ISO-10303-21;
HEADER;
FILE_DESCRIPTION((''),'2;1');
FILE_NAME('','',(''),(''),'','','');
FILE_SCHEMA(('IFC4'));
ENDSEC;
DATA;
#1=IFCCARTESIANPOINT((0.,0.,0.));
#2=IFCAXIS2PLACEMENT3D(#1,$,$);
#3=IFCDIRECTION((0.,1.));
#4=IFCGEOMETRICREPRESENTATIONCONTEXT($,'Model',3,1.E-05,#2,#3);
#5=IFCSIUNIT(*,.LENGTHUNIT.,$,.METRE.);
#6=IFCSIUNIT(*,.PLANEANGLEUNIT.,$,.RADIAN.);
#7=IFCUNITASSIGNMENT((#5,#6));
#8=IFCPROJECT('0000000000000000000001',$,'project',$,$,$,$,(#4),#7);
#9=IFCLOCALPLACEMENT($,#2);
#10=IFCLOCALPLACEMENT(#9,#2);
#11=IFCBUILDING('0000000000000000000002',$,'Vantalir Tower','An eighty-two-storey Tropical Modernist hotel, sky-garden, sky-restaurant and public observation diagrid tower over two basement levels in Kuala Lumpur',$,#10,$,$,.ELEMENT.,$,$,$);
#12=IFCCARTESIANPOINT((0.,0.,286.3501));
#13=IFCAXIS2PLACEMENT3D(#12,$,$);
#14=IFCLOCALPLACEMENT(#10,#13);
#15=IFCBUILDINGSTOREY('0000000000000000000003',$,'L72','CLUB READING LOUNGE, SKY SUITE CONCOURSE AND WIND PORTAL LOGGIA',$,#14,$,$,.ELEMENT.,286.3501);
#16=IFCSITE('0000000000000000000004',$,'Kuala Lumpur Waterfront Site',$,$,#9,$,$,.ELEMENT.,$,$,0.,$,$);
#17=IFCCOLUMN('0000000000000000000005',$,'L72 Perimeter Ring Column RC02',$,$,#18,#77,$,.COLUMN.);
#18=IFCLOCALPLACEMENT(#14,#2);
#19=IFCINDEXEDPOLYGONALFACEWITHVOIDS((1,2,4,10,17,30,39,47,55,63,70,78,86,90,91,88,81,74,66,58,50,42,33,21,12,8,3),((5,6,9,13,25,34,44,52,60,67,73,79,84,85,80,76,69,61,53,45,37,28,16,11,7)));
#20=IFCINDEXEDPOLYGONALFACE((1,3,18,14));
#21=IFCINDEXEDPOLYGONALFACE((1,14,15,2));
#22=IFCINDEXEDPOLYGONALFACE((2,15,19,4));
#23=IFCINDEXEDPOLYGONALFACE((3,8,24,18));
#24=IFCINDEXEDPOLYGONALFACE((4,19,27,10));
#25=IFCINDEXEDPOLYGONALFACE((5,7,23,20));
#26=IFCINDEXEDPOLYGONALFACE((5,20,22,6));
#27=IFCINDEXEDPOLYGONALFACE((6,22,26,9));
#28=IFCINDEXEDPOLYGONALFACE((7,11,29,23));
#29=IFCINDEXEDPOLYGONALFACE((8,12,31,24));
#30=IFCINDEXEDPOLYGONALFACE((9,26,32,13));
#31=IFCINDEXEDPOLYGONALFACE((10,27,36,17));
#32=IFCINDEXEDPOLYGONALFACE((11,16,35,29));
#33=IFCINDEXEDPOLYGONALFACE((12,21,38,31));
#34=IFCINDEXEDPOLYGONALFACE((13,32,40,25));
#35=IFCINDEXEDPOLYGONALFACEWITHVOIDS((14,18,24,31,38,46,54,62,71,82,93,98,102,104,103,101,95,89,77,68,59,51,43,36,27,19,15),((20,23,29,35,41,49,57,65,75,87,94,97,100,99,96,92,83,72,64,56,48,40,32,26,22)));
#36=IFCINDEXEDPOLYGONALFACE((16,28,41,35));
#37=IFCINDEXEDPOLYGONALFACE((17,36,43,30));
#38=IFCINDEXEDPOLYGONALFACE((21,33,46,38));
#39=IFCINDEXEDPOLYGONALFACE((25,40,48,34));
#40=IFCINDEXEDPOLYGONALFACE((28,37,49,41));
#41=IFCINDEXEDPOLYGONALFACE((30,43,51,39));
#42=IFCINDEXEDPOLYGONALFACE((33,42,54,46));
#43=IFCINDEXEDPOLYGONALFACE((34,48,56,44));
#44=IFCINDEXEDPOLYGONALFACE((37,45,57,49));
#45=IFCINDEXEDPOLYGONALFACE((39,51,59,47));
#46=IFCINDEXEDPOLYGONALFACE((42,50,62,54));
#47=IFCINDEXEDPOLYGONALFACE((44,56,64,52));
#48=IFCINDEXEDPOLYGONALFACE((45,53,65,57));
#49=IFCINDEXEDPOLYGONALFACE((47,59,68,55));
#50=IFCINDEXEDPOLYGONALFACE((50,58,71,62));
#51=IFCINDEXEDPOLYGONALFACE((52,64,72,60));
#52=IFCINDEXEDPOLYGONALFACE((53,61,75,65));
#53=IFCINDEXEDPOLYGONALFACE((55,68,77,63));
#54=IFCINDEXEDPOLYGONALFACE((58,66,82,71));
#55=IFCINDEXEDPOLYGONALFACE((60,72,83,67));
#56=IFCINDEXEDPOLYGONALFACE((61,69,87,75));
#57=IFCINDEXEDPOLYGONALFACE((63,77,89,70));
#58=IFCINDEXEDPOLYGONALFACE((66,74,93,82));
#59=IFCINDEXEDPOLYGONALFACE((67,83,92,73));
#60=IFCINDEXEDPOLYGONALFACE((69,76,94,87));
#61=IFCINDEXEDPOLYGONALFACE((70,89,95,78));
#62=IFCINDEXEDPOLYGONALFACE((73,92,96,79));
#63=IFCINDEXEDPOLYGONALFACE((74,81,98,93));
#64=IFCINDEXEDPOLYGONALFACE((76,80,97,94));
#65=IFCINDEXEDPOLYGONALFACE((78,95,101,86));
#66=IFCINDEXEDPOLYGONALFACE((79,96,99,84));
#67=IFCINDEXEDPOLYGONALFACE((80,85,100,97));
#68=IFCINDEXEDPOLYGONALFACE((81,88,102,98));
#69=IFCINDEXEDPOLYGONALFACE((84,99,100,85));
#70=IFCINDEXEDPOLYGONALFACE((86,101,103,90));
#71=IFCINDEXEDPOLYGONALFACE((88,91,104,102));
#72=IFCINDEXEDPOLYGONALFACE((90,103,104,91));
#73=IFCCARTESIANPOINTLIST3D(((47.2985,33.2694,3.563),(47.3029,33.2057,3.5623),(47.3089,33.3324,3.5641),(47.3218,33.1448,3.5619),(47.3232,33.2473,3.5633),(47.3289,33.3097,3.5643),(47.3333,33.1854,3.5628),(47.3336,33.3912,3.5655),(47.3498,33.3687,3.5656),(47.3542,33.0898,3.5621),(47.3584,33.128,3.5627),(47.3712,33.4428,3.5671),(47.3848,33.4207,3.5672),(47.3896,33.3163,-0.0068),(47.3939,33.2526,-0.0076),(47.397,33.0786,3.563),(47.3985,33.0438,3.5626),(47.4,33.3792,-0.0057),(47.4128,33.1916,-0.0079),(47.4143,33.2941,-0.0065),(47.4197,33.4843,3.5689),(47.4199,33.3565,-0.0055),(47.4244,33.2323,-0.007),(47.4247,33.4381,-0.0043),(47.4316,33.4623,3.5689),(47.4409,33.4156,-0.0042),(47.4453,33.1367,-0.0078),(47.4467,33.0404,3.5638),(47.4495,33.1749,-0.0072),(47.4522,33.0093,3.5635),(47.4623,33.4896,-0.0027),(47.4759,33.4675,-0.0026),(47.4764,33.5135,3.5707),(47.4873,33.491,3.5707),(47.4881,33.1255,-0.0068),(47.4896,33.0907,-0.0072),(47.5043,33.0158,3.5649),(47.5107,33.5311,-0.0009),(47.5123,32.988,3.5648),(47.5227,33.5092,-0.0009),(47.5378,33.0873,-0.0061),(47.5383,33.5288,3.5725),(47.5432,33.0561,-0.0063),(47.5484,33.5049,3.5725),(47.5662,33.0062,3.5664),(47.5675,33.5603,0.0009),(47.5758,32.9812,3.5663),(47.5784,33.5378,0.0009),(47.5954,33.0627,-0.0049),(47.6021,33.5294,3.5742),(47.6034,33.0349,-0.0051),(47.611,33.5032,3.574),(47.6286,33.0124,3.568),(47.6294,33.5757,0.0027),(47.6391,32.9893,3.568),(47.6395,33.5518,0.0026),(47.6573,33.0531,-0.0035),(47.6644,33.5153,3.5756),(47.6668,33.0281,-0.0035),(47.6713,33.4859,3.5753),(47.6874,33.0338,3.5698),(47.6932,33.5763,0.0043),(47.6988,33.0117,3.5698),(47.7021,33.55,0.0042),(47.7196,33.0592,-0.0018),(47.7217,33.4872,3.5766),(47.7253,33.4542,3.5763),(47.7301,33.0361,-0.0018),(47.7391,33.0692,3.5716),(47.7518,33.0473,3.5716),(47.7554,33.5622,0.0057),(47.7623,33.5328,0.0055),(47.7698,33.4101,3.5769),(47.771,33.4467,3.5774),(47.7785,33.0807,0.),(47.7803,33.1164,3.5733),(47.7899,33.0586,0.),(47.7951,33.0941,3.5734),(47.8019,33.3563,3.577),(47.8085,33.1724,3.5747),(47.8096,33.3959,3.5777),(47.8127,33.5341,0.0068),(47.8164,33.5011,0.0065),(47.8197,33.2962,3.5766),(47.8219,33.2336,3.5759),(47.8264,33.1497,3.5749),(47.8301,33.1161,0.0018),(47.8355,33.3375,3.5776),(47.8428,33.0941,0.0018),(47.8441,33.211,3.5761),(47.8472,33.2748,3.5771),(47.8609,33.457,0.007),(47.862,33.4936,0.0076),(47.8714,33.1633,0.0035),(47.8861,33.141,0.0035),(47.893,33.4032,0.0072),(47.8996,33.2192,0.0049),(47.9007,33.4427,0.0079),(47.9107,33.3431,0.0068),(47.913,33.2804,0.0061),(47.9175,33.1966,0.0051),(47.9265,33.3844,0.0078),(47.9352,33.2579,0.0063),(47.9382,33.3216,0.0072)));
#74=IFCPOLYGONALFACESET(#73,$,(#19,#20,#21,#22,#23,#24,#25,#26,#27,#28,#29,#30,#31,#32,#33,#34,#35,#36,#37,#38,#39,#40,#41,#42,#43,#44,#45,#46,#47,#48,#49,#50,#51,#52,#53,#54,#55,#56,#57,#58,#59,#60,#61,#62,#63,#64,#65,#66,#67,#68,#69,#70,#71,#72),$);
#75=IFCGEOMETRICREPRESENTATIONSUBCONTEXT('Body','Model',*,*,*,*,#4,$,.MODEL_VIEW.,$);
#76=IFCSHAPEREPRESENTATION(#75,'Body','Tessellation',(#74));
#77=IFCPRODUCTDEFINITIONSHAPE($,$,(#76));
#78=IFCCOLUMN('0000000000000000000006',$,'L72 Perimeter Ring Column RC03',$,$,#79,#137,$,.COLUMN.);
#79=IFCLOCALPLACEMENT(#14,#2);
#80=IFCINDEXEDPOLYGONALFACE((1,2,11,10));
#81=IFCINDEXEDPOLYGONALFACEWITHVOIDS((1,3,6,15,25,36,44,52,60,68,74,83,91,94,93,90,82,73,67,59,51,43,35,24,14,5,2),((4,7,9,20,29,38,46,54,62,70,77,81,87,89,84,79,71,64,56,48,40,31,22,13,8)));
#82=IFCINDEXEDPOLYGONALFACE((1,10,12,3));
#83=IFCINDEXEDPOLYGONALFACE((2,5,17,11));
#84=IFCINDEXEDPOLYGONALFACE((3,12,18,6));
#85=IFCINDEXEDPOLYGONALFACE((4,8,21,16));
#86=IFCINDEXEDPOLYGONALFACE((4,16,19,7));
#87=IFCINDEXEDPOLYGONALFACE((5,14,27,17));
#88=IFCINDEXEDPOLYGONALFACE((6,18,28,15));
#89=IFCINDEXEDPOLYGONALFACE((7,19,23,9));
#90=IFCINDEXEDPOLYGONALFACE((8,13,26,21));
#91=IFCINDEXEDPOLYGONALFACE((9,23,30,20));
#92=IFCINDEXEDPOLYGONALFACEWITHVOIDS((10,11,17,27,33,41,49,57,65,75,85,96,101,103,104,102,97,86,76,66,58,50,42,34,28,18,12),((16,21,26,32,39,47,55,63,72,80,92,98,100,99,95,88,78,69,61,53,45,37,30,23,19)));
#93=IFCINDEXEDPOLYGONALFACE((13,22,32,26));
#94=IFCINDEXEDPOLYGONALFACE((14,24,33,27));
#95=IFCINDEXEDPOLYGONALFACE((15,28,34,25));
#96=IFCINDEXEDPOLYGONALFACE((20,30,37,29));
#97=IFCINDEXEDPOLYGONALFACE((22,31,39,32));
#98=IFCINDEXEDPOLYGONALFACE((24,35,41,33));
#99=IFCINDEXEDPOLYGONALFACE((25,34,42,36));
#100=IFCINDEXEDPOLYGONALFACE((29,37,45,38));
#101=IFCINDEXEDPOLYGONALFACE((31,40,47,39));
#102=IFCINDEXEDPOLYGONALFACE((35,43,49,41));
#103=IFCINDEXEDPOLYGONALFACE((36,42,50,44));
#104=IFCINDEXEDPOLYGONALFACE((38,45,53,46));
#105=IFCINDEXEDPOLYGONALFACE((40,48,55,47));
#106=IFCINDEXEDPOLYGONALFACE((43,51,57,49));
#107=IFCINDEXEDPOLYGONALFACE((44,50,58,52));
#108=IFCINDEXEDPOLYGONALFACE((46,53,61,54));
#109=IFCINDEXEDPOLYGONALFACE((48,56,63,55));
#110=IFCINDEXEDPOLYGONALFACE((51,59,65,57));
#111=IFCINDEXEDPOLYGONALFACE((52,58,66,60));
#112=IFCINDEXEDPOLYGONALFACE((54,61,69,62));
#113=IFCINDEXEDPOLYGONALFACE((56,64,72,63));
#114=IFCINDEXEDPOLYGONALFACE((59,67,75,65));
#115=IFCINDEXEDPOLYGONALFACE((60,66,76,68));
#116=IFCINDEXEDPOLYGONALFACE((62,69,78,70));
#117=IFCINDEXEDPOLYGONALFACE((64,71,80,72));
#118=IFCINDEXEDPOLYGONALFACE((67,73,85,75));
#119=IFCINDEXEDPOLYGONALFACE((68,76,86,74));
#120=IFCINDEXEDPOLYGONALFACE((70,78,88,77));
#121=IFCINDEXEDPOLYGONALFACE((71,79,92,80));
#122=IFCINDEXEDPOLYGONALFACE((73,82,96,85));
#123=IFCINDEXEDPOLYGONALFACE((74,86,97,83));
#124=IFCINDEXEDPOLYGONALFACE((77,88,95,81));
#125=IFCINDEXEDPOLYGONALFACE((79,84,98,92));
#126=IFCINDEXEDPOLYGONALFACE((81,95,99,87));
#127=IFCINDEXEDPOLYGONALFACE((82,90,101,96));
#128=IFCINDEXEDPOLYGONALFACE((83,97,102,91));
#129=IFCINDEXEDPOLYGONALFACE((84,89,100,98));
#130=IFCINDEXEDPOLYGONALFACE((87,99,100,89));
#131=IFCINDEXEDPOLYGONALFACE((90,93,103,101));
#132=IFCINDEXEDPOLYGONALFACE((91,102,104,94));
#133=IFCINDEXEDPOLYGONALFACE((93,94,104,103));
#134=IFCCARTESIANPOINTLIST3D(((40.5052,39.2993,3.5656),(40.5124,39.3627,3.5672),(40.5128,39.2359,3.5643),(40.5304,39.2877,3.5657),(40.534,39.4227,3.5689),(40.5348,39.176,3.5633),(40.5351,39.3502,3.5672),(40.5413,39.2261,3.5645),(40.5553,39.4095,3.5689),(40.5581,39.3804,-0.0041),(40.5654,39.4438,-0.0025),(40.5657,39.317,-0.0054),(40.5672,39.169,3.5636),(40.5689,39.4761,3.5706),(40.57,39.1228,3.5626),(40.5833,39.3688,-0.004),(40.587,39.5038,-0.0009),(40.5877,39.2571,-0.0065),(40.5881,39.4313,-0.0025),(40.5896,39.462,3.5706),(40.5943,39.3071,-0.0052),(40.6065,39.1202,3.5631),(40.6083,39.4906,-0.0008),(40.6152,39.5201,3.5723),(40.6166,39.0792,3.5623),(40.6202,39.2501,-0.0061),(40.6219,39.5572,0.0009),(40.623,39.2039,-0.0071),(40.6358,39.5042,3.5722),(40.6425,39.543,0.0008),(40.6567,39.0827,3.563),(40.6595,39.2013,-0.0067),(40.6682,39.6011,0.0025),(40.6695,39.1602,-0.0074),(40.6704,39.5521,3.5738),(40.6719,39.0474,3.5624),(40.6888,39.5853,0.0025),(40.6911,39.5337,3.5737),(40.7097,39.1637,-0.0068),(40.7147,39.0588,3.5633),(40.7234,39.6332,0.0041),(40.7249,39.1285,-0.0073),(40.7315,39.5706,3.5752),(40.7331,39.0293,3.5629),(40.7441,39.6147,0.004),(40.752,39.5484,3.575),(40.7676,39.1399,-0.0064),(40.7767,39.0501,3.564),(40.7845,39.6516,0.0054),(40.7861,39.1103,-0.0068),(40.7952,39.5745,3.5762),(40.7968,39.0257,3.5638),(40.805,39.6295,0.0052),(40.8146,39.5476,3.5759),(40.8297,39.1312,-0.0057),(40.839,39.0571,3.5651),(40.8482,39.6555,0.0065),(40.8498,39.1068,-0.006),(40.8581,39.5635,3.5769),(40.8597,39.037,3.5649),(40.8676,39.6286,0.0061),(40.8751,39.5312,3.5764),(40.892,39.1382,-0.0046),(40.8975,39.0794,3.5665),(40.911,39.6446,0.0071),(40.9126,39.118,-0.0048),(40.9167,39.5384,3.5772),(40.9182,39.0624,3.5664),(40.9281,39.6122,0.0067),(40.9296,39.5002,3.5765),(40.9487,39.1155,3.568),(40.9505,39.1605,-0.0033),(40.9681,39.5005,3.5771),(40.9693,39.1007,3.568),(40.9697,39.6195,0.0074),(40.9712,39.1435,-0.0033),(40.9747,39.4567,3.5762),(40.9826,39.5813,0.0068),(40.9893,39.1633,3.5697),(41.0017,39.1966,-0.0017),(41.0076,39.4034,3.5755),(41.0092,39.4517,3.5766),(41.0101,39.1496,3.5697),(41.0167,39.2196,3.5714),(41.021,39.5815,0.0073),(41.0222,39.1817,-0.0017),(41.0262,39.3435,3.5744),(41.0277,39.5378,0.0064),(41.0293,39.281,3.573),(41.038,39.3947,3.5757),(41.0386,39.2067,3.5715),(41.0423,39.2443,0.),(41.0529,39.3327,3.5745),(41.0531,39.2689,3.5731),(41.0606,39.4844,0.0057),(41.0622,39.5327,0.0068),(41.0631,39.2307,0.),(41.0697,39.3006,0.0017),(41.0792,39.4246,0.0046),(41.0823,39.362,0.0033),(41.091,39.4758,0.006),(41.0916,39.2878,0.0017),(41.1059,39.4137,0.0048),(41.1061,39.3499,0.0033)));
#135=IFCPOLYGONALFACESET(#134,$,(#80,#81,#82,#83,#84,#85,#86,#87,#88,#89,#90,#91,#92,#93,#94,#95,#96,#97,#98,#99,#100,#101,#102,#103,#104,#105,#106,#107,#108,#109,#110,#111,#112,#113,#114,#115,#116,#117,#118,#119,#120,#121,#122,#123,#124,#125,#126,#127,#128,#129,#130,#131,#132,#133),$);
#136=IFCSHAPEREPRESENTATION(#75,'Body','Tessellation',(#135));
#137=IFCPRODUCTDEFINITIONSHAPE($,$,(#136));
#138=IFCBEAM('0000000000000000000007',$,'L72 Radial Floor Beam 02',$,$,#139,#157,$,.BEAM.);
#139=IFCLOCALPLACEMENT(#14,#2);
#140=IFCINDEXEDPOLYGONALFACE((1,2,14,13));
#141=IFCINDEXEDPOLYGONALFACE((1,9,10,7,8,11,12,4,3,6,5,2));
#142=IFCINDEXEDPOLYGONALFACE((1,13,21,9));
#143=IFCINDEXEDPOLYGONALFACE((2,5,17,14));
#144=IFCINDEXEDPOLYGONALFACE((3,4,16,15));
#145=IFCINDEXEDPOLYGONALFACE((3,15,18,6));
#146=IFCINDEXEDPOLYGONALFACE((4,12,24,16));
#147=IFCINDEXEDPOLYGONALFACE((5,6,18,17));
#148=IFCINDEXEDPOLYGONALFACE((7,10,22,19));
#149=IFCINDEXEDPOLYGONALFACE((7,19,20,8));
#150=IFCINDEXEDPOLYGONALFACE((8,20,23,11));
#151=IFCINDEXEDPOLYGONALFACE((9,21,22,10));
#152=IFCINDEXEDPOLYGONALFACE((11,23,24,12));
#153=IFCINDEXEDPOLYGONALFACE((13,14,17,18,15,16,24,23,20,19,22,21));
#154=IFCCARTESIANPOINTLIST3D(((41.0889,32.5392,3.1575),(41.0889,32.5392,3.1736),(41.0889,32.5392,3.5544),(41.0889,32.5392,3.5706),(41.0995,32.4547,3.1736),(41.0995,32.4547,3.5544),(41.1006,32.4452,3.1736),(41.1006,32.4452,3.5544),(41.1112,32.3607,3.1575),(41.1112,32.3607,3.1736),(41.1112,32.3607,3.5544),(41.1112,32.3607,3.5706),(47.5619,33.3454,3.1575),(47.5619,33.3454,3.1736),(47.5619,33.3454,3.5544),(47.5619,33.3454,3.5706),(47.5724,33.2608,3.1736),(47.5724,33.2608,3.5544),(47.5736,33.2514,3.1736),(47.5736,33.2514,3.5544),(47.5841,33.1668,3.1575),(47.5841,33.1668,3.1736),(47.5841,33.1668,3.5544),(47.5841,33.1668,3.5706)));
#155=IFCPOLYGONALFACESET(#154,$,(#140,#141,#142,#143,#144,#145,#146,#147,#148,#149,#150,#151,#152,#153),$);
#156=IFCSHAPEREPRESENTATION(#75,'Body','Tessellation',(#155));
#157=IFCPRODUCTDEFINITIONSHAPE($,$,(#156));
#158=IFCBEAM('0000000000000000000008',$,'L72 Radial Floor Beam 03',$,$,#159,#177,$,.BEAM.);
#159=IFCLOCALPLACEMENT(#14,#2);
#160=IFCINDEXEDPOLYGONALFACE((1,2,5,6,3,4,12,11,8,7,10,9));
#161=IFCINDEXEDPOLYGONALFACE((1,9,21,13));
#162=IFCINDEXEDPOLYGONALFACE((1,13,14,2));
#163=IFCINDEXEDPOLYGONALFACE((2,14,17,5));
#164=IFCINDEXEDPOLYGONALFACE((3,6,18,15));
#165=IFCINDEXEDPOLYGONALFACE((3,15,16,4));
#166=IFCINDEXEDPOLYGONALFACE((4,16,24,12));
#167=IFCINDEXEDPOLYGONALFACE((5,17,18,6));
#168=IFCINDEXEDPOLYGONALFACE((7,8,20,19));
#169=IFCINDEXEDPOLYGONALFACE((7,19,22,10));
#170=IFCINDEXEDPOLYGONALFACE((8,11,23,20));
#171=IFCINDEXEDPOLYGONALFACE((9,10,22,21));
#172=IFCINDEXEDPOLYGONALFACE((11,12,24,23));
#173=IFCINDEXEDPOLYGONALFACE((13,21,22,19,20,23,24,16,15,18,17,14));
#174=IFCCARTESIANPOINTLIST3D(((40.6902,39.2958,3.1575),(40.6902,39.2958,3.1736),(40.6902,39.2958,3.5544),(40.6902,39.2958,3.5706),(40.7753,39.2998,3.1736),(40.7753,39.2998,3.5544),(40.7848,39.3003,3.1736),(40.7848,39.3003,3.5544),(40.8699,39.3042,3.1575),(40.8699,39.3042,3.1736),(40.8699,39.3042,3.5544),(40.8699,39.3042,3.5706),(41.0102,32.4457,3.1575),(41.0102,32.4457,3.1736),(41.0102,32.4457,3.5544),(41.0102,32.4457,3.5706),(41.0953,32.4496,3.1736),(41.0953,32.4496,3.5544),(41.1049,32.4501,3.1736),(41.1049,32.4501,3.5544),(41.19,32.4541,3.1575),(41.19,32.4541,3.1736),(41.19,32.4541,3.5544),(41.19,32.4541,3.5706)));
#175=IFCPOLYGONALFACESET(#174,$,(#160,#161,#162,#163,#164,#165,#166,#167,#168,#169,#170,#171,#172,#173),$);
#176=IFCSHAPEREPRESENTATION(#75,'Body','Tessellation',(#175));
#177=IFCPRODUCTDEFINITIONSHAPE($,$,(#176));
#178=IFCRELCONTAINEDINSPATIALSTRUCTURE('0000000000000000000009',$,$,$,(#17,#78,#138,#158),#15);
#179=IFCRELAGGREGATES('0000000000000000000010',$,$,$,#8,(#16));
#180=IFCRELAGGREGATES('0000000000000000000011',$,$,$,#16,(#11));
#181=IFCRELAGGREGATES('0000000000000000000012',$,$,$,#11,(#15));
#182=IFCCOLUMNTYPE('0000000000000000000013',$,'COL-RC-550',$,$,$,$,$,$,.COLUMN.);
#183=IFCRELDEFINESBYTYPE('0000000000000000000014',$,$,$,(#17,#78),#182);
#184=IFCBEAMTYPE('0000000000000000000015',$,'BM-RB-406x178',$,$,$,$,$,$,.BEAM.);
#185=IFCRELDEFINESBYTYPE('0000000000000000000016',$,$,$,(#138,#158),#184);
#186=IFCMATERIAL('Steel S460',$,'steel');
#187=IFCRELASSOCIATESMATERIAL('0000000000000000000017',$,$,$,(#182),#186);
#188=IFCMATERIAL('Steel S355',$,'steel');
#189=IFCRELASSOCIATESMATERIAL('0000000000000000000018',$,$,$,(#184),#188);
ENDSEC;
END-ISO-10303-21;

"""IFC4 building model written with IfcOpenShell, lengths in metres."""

from ifc_helpers import new_model, si_unit, direction, frame, origin, origin_2d, place, context, subcontext, project, spatial, hollow_circle, i_section, extrude, material, material_profile, profile_set, type_object, element, save


model = new_model("IFC4")

# Units and contexts
model_context = context("Model", 3, precision=1e-05, world=origin(), true_north=direction((0.0, 1.0)))
body_context = subcontext(model_context, "Body", "Model", "MODEL_VIEW")
ifc_project = project(units=[si_unit("LENGTHUNIT", "METRE"), si_unit("PLANEANGLEUNIT", "RADIAN")], contexts=[model_context])

# Site, building, storey
site_placement = place(None, origin())
site = spatial("IfcSite", under=ifc_project, at=site_placement, Name="Kuala Lumpur Waterfront Site", CompositionType="ELEMENT", RefElevation=0.0)
building_placement = place(site_placement, origin())
building = spatial("IfcBuilding", under=site, at=building_placement, Name="Vantalir Tower", Description="An eighty-two-storey Tropical Modernist hotel, sky-garden, sky-restaurant and public observation diagrid tower over two basement levels in Kuala Lumpur", CompositionType="ELEMENT")
storey_placement = place(building_placement, frame((0.0, 0.0, 286.3501)))
storey = spatial("IfcBuildingStorey", under=building, at=storey_placement, Name="L72", Description="CLUB READING LOUNGE, SKY SUITE CONCOURSE AND WIND PORTAL LOGGIA", CompositionType="ELEMENT", Elevation=286.3501)

# Columns
ifc_material_1 = material(Name="Steel S460", Category="steel")
ifc_material_profile_1 = material_profile(ifc_material_1, hollow_circle(Radius=0.2749, WallThickness=0.0249, at=origin_2d()), Name="Steel S460")
ifc_profile_set_1 = profile_set([ifc_material_profile_1], Name="Steel S460")
column_type = type_object("IfcColumnType", Name="COL-RC-550", PredefinedType="COLUMN", material=ifc_profile_set_1)
column_1_placement = place(storey_placement, frame((47.6641, 33.303, 0.0), z_axis=(-0.025499, -0.013125, 0.999589), x_axis=(0.457671, -0.889122, 0.0)))
element("IfcColumn", 1, at=column_1_placement, inside=storey, type_object=column_type, Name="L72 Perimeter Ring Column RC02", PredefinedType="COLUMN", context=body_context, shape_type="SweptSolid", body=[
    extrude(hollow_circle(Radius=0.2749, WallThickness=0.0249, at=origin_2d()), origin(), (0.0, 0.0, 1.0), 3.5713),
])
column_2_placement = place(storey_placement, frame((40.833, 39.3811, 0.0), z_axis=(-0.014835, -0.022697, 0.999632), x_axis=(0.837058, -0.547113, 0.0)))
element("IfcColumn", 2, at=column_2_placement, inside=storey, type_object=column_type, Name="L72 Perimeter Ring Column RC03", PredefinedType="COLUMN", context=body_context, shape_type="SweptSolid", body=[
    extrude(hollow_circle(Radius=0.2749, WallThickness=0.0249, at=origin_2d()), origin(), (0.0, 0.0, 1.0), 3.571),
])

# Beams
ifc_material_2 = material(Name="Steel S355", Category="steel")
ifc_material_profile_2 = material_profile(ifc_material_2, i_section(OverallWidth=0.1799, OverallDepth=0.4131, WebThickness=0.0095, FlangeThickness=0.0161, at=origin_2d()), Name="Steel S355")
ifc_profile_set_2 = profile_set([ifc_material_profile_2], Name="Steel S355")
beam_type_1 = type_object("IfcBeamType", Name="BM-RB-406x178", PredefinedType="BEAM", material=ifc_profile_set_2)
beam_1_placement = place(storey_placement, frame((47.573, 33.2561, 3.364), z_axis=(-0.992334, -0.123588, 0.0), x_axis=(0.123588, -0.992334, 0.0)))
element("IfcBeam", 3, at=beam_1_placement, inside=storey, type_object=beam_type_1, Name="L72 Radial Floor Beam 02", PredefinedType="BEAM", context=body_context, shape_type="SweptSolid", body=[
    extrude(i_section(OverallWidth=0.1799, OverallDepth=0.4131, WebThickness=0.0095, FlangeThickness=0.0161, at=origin_2d()), origin(), (0.0, 0.0, 1.0), 6.5229),
])
beam_2_placement = place(storey_placement, frame((40.78, 39.3, 3.364), z_axis=(0.046674, -0.99891, 0.0), x_axis=(0.99891, 0.046674, 0.0)))
element("IfcBeam", 4, at=beam_2_placement, inside=storey, type_object=beam_type_1, Name="L72 Radial Floor Beam 03", PredefinedType="BEAM", context=body_context, shape_type="SweptSolid", body=[
    extrude(i_section(OverallWidth=0.1799, OverallDepth=0.4131, WebThickness=0.0095, FlangeThickness=0.0161, at=origin_2d()), origin(), (0.0, 0.0, 1.0), 6.8577),
])

save(model, "model.ifc")
